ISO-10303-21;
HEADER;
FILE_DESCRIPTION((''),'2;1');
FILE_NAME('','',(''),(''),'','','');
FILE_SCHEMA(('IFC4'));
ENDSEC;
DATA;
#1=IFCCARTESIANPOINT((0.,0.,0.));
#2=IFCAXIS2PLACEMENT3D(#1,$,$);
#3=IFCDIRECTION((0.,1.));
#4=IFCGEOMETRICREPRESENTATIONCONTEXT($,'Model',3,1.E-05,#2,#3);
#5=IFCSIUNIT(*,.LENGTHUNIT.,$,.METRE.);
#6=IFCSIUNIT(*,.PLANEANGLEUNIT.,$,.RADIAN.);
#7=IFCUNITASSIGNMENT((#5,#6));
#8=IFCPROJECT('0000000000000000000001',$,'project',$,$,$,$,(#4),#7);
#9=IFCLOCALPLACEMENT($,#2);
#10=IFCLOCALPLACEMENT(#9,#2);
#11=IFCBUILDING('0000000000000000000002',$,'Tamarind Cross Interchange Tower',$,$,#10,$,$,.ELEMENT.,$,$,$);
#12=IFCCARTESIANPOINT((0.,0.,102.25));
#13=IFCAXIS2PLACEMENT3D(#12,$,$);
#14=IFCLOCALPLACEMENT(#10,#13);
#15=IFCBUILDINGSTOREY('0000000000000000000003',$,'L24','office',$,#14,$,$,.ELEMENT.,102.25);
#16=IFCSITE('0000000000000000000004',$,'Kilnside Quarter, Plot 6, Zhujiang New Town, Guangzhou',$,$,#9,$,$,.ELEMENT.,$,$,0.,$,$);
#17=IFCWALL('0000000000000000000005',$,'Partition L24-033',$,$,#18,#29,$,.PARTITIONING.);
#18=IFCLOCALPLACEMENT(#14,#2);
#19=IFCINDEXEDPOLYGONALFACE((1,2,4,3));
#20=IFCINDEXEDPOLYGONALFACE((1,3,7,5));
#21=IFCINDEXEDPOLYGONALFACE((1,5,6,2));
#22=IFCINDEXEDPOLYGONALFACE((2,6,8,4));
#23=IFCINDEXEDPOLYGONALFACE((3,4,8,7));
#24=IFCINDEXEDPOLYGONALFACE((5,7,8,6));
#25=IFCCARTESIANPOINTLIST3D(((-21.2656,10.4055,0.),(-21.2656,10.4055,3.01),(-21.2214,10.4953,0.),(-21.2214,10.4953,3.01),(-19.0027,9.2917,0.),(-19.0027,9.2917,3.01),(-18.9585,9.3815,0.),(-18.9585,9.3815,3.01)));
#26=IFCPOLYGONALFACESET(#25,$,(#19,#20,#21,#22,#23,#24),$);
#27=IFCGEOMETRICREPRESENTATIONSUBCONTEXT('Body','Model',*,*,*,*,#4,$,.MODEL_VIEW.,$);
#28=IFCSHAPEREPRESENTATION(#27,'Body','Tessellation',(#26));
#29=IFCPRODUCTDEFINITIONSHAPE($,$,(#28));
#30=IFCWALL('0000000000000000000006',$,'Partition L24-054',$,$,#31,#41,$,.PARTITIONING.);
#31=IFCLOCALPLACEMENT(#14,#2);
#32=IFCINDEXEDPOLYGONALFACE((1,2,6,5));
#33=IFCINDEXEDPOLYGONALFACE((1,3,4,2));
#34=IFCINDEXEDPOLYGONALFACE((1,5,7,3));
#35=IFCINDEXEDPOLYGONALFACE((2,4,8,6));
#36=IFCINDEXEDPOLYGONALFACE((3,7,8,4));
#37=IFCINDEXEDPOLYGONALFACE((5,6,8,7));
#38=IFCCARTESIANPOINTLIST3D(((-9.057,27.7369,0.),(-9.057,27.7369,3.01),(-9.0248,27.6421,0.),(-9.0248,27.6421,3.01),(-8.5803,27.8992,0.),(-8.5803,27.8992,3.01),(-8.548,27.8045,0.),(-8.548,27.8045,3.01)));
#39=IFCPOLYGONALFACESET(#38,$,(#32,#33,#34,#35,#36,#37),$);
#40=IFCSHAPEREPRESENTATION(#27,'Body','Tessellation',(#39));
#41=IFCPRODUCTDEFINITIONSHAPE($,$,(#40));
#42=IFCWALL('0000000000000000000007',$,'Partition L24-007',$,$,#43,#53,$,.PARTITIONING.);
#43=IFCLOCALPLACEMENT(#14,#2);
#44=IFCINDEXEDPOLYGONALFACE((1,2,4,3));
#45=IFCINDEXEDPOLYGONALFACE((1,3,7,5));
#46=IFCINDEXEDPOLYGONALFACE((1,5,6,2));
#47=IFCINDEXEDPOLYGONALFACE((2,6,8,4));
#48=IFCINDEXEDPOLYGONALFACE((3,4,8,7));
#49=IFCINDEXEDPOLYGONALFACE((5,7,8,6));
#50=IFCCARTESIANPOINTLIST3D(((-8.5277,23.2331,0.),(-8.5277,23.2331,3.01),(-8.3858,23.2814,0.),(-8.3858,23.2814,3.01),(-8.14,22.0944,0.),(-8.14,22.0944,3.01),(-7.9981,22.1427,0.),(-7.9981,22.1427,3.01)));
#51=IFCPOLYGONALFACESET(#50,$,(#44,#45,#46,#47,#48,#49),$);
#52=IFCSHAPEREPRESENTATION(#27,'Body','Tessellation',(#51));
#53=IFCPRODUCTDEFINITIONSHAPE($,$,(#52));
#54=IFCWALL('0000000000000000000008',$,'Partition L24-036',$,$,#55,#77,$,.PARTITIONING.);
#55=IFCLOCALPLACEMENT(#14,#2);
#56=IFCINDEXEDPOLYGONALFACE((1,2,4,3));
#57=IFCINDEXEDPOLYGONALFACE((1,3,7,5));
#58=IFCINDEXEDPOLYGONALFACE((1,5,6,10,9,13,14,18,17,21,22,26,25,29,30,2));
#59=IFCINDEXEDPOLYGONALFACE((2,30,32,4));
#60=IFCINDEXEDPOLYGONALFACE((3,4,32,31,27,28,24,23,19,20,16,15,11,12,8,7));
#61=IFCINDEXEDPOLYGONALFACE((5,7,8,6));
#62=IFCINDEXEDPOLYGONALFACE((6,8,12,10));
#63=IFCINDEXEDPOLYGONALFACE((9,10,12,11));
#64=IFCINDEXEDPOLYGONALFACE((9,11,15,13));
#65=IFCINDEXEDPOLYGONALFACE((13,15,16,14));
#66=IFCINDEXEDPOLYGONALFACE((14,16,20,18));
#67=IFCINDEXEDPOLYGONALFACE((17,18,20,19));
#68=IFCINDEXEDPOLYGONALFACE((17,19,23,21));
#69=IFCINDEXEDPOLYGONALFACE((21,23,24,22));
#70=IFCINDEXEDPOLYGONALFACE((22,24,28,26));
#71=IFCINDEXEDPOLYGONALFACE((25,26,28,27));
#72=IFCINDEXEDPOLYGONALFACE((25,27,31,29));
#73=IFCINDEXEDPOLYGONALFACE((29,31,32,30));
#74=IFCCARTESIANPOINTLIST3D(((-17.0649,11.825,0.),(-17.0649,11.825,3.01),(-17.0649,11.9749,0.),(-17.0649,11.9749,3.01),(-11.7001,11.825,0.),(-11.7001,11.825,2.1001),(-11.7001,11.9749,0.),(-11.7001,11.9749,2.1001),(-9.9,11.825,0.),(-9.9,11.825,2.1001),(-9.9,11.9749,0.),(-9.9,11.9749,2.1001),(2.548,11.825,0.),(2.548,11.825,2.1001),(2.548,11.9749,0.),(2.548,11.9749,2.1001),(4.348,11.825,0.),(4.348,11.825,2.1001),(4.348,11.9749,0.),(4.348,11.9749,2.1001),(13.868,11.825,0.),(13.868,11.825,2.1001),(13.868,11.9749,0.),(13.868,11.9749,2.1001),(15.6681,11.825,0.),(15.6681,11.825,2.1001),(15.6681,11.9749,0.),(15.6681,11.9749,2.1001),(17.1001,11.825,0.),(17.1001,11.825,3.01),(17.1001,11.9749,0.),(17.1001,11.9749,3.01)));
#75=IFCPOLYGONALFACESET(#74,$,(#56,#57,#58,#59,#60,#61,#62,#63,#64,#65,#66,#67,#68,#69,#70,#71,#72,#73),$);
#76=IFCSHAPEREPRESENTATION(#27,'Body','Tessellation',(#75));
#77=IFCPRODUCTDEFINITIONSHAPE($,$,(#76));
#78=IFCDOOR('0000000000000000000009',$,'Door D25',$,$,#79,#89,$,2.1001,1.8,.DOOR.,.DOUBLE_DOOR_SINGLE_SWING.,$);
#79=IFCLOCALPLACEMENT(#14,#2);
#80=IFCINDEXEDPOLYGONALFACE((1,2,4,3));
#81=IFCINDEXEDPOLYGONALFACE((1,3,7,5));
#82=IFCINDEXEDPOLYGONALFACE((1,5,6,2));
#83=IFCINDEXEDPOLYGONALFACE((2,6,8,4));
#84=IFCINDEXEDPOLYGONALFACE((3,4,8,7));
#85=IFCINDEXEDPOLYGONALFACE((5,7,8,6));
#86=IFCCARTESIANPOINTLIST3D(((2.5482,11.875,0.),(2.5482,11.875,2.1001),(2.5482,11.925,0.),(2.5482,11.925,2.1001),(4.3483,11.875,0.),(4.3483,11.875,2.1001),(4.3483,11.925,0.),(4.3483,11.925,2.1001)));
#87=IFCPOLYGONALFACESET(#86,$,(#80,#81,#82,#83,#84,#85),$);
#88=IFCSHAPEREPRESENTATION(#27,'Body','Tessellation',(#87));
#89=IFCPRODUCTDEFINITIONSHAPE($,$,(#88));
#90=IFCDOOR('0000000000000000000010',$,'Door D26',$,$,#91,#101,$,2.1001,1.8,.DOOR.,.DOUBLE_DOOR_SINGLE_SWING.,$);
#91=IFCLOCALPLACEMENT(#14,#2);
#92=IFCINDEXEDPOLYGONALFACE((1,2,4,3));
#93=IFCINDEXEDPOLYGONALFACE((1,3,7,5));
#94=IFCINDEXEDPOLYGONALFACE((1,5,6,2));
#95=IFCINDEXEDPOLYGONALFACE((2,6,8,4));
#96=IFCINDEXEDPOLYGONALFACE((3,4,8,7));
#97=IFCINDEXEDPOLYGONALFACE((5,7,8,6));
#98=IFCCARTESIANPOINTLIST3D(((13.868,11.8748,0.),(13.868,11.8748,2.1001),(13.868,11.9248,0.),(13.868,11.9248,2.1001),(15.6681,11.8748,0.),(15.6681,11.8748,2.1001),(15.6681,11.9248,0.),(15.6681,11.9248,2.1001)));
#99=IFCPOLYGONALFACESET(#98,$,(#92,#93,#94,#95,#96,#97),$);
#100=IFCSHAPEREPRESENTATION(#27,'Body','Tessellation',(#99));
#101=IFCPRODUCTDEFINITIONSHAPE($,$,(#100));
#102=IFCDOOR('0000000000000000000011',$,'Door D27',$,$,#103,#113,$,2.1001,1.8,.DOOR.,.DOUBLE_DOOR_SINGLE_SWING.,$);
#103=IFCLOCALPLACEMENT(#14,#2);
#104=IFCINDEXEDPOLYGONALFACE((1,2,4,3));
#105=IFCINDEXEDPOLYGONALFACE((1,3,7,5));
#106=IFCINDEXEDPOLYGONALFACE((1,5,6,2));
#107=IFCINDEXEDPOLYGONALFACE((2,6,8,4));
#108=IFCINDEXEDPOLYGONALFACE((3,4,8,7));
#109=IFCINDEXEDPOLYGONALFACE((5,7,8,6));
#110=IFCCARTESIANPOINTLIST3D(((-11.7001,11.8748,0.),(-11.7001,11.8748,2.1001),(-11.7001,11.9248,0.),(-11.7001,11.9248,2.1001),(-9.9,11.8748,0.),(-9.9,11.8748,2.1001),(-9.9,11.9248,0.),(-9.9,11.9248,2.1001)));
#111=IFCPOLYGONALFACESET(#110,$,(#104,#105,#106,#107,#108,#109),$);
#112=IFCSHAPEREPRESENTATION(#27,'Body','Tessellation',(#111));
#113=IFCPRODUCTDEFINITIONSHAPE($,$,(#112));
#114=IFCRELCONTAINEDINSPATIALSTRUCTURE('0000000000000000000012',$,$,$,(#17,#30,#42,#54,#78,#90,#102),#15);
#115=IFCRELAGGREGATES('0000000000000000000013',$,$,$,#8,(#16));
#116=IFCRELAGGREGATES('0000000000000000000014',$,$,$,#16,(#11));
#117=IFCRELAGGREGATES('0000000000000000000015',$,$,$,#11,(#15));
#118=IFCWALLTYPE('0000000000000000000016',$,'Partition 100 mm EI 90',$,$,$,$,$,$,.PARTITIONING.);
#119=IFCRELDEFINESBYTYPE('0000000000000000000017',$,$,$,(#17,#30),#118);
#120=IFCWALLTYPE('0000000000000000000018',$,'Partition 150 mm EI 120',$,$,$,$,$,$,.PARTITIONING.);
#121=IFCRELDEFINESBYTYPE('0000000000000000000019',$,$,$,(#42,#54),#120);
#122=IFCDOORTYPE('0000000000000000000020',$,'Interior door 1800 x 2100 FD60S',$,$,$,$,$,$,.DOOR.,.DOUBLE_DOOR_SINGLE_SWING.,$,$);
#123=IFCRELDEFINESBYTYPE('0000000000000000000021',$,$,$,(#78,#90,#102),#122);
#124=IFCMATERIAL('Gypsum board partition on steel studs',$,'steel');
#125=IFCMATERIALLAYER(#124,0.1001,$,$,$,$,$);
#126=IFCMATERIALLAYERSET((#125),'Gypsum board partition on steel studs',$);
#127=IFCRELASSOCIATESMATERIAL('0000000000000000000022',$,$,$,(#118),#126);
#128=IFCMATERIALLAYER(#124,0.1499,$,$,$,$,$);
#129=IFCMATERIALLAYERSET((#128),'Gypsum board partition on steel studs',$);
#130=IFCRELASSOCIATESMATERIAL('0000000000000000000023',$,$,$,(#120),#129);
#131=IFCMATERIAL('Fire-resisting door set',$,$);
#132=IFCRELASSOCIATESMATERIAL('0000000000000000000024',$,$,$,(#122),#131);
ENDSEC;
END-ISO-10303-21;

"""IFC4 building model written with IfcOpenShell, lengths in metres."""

from ifc_helpers import new_model, si_unit, direction, frame, frame_2d, origin, place, context, subcontext, project, spatial, rectangle, extrude, material, layer, layer_set, type_object, element, fill, save


model = new_model("IFC4")

# Units and contexts
model_context = context("Model", 3, precision=1e-05, world=origin(), true_north=direction((0.0, 1.0)))
body_context = subcontext(model_context, "Body", "Model", "MODEL_VIEW")
ifc_project = project(units=[si_unit("LENGTHUNIT", "METRE"), si_unit("PLANEANGLEUNIT", "RADIAN")], contexts=[model_context])

# Site, building, storey
site_placement = place(None, origin())
site = spatial("IfcSite", under=ifc_project, at=site_placement, Name="Kilnside Quarter, Plot 6, Zhujiang New Town, Guangzhou", CompositionType="ELEMENT", RefElevation=0.0)
building_placement = place(site_placement, origin())
building = spatial("IfcBuilding", under=site, at=building_placement, Name="Tamarind Cross Interchange Tower", CompositionType="ELEMENT")
storey_placement = place(building_placement, frame((0.0, 0.0, 102.25)))
storey = spatial("IfcBuildingStorey", under=building, at=storey_placement, Name="L24", Description="office", CompositionType="ELEMENT", Elevation=102.25)

# Walls
ifc_material_1 = material(Name="Gypsum board partition on steel studs", Category="steel")
ifc_layer_1 = layer(ifc_material_1, 0.1001)
ifc_layer_set_1 = layer_set([ifc_layer_1], Name="Gypsum board partition on steel studs")
wall_type_1 = type_object("IfcWallType", Name="Partition 100 mm EI 90", PredefinedType="PARTITIONING", material=ifc_layer_set_1)
wall_1_placement = place(storey_placement, frame((-21.2437, 10.4504, 0.0), z_axis=(0.0, 0.0, 1.0), x_axis=(0.897217, -0.441591, 0.0)))
element("IfcWall", 1, at=wall_1_placement, inside=storey, type_object=wall_type_1, Name="Partition L24-033", PredefinedType="PARTITIONING", context=body_context, shape_type="SweptSolid", body=[
    extrude(rectangle(XDim=2.5222, YDim=0.1001, at=frame_2d((1.2612, 0.0))), origin(), (0.0, 0.0, 1.0), 3.01),
])
wall_2_placement = place(storey_placement, frame((-9.041, 27.6895, 0.0), z_axis=(0.0, 0.0, 1.0), x_axis=(0.946628, 0.322328, 0.0)))
element("IfcWall", 2, at=wall_2_placement, inside=storey, type_object=wall_type_1, Name="Partition L24-054", PredefinedType="PARTITIONING", context=body_context, shape_type="SweptSolid", body=[
    extrude(rectangle(XDim=0.5037, YDim=0.1001, at=frame_2d((0.252, 0.0))), origin(), (0.0, 0.0, 1.0), 3.01),
])
ifc_layer_2 = layer(ifc_material_1, 0.1499)
ifc_layer_set_2 = layer_set([ifc_layer_2], Name="Gypsum board partition on steel studs")
wall_type_2 = type_object("IfcWallType", Name="Partition 150 mm EI 120", PredefinedType="PARTITIONING", material=ifc_layer_set_2)
wall_3_placement = place(storey_placement, frame((-8.4568, 23.2573, 0.0), z_axis=(0.0, 0.0, 1.0), x_axis=(0.32231, -0.946634, 0.0)))
element("IfcWall", 3, at=wall_3_placement, inside=storey, type_object=wall_type_2, Name="Partition L24-007", PredefinedType="PARTITIONING", context=body_context, shape_type="SweptSolid", body=[
    extrude(rectangle(XDim=1.2029, YDim=0.1499, at=frame_2d((0.6016, 0.0))), origin(), (0.0, 0.0, 1.0), 3.01),
])

# Wall, openings, doors
wall_4_placement = place(storey_placement, frame((-17.0649, 11.8999, 0.0), z_axis=(0.0, 0.0, 1.0), x_axis=(1.0, 0.0, 0.0)))
wall_4 = element("IfcWall", 4, at=wall_4_placement, inside=storey, type_object=wall_type_2, Name="Partition L24-036", PredefinedType="PARTITIONING", context=body_context, shape_type="SweptSolid", body=[
    extrude(rectangle(XDim=34.165, YDim=0.1499, at=frame_2d((17.0825, 0.0))), origin(), (0.0, 0.0, 1.0), 3.01),
])
opening_1_placement = place(wall_4_placement, frame((19.613, 0.0, 0.0)))
opening_1 = element("IfcOpeningElement", 5, at=opening_1_placement, cuts=wall_4, PredefinedType="OPENING", context=body_context, shape_type="SweptSolid", body=[
    extrude(rectangle(XDim=1.8, YDim=2.1001, at=frame_2d((0.8999, 1.05))), frame((0.0, 0.085, 0.0), z_axis=(0.0, -1.0, 0.0), x_axis=(1.0, 0.0, 0.0)), (0.0, 0.0, 1.0), 0.1699),
])
opening_2_placement = place(wall_4_placement, frame((30.9331, 0.0, 0.0)))
opening_2 = element("IfcOpeningElement", 6, at=opening_2_placement, cuts=wall_4, PredefinedType="OPENING", context=body_context, shape_type="SweptSolid", body=[
    extrude(rectangle(XDim=1.8, YDim=2.1001, at=frame_2d((0.8999, 1.05))), frame((0.0, 0.085, 0.0), z_axis=(0.0, -1.0, 0.0), x_axis=(1.0, 0.0, 0.0)), (0.0, 0.0, 1.0), 0.1699),
])
opening_3_placement = place(wall_4_placement, frame((5.365, 0.0, 0.0)))
opening_3 = element("IfcOpeningElement", 7, at=opening_3_placement, cuts=wall_4, PredefinedType="OPENING", context=body_context, shape_type="SweptSolid", body=[
    extrude(rectangle(XDim=1.8, YDim=2.1001, at=frame_2d((0.8999, 1.05))), frame((0.0, 0.085, 0.0), z_axis=(0.0, -1.0, 0.0), x_axis=(1.0, 0.0, 0.0)), (0.0, 0.0, 1.0), 0.1699),
])
ifc_material_2 = material(Name="Fire-resisting door set")
door_type = type_object("IfcDoorType", Name="Interior door 1800 x 2100 FD60S", OperationType="DOUBLE_DOOR_SINGLE_SWING", PredefinedType="DOOR", material=ifc_material_2)
door_1_placement = place(opening_1_placement, frame((1.8, 0.0, 0.0), z_axis=(0.0, 0.0, 1.0), x_axis=(-1.0, 0.0, 0.0)))
door_1 = element("IfcDoor", 8, at=door_1_placement, inside=storey, type_object=door_type, Name="Door D25", OperationType="DOUBLE_DOOR_SINGLE_SWING", OverallHeight=2.1001, OverallWidth=1.8, PredefinedType="DOOR", context=body_context, shape_type="SweptSolid", body=[
    extrude(rectangle(XDim=1.8, YDim=2.1001, at=frame_2d((0.8999, 1.05))), frame((0.0, 0.0249, 0.0), z_axis=(0.0, -1.0, 0.0), x_axis=(1.0, 0.0, 0.0)), (0.0, 0.0, 1.0), 0.05),
])
fill(opening_1, door_1)
door_2_placement = place(opening_2_placement, origin())
door_2 = element("IfcDoor", 9, at=door_2_placement, inside=storey, type_object=door_type, Name="Door D26", OperationType="DOUBLE_DOOR_SINGLE_SWING", OverallHeight=2.1001, OverallWidth=1.8, PredefinedType="DOOR", context=body_context, shape_type="SweptSolid", body=[
    extrude(rectangle(XDim=1.8, YDim=2.1001, at=frame_2d((0.8999, 1.05))), frame((0.0, 0.0249, 0.0), z_axis=(0.0, -1.0, 0.0), x_axis=(1.0, 0.0, 0.0)), (0.0, 0.0, 1.0), 0.05),
])
fill(opening_2, door_2)
door_3_placement = place(opening_3_placement, origin())
door_3 = element("IfcDoor", 10, at=door_3_placement, inside=storey, type_object=door_type, Name="Door D27", OperationType="DOUBLE_DOOR_SINGLE_SWING", OverallHeight=2.1001, OverallWidth=1.8, PredefinedType="DOOR", context=body_context, shape_type="SweptSolid", body=[
    extrude(rectangle(XDim=1.8, YDim=2.1001, at=frame_2d((0.8999, 1.05))), frame((0.0, 0.0249, 0.0), z_axis=(0.0, -1.0, 0.0), x_axis=(1.0, 0.0, 0.0)), (0.0, 0.0, 1.0), 0.05),
])
fill(opening_3, door_3)

save(model, "model.ifc")
